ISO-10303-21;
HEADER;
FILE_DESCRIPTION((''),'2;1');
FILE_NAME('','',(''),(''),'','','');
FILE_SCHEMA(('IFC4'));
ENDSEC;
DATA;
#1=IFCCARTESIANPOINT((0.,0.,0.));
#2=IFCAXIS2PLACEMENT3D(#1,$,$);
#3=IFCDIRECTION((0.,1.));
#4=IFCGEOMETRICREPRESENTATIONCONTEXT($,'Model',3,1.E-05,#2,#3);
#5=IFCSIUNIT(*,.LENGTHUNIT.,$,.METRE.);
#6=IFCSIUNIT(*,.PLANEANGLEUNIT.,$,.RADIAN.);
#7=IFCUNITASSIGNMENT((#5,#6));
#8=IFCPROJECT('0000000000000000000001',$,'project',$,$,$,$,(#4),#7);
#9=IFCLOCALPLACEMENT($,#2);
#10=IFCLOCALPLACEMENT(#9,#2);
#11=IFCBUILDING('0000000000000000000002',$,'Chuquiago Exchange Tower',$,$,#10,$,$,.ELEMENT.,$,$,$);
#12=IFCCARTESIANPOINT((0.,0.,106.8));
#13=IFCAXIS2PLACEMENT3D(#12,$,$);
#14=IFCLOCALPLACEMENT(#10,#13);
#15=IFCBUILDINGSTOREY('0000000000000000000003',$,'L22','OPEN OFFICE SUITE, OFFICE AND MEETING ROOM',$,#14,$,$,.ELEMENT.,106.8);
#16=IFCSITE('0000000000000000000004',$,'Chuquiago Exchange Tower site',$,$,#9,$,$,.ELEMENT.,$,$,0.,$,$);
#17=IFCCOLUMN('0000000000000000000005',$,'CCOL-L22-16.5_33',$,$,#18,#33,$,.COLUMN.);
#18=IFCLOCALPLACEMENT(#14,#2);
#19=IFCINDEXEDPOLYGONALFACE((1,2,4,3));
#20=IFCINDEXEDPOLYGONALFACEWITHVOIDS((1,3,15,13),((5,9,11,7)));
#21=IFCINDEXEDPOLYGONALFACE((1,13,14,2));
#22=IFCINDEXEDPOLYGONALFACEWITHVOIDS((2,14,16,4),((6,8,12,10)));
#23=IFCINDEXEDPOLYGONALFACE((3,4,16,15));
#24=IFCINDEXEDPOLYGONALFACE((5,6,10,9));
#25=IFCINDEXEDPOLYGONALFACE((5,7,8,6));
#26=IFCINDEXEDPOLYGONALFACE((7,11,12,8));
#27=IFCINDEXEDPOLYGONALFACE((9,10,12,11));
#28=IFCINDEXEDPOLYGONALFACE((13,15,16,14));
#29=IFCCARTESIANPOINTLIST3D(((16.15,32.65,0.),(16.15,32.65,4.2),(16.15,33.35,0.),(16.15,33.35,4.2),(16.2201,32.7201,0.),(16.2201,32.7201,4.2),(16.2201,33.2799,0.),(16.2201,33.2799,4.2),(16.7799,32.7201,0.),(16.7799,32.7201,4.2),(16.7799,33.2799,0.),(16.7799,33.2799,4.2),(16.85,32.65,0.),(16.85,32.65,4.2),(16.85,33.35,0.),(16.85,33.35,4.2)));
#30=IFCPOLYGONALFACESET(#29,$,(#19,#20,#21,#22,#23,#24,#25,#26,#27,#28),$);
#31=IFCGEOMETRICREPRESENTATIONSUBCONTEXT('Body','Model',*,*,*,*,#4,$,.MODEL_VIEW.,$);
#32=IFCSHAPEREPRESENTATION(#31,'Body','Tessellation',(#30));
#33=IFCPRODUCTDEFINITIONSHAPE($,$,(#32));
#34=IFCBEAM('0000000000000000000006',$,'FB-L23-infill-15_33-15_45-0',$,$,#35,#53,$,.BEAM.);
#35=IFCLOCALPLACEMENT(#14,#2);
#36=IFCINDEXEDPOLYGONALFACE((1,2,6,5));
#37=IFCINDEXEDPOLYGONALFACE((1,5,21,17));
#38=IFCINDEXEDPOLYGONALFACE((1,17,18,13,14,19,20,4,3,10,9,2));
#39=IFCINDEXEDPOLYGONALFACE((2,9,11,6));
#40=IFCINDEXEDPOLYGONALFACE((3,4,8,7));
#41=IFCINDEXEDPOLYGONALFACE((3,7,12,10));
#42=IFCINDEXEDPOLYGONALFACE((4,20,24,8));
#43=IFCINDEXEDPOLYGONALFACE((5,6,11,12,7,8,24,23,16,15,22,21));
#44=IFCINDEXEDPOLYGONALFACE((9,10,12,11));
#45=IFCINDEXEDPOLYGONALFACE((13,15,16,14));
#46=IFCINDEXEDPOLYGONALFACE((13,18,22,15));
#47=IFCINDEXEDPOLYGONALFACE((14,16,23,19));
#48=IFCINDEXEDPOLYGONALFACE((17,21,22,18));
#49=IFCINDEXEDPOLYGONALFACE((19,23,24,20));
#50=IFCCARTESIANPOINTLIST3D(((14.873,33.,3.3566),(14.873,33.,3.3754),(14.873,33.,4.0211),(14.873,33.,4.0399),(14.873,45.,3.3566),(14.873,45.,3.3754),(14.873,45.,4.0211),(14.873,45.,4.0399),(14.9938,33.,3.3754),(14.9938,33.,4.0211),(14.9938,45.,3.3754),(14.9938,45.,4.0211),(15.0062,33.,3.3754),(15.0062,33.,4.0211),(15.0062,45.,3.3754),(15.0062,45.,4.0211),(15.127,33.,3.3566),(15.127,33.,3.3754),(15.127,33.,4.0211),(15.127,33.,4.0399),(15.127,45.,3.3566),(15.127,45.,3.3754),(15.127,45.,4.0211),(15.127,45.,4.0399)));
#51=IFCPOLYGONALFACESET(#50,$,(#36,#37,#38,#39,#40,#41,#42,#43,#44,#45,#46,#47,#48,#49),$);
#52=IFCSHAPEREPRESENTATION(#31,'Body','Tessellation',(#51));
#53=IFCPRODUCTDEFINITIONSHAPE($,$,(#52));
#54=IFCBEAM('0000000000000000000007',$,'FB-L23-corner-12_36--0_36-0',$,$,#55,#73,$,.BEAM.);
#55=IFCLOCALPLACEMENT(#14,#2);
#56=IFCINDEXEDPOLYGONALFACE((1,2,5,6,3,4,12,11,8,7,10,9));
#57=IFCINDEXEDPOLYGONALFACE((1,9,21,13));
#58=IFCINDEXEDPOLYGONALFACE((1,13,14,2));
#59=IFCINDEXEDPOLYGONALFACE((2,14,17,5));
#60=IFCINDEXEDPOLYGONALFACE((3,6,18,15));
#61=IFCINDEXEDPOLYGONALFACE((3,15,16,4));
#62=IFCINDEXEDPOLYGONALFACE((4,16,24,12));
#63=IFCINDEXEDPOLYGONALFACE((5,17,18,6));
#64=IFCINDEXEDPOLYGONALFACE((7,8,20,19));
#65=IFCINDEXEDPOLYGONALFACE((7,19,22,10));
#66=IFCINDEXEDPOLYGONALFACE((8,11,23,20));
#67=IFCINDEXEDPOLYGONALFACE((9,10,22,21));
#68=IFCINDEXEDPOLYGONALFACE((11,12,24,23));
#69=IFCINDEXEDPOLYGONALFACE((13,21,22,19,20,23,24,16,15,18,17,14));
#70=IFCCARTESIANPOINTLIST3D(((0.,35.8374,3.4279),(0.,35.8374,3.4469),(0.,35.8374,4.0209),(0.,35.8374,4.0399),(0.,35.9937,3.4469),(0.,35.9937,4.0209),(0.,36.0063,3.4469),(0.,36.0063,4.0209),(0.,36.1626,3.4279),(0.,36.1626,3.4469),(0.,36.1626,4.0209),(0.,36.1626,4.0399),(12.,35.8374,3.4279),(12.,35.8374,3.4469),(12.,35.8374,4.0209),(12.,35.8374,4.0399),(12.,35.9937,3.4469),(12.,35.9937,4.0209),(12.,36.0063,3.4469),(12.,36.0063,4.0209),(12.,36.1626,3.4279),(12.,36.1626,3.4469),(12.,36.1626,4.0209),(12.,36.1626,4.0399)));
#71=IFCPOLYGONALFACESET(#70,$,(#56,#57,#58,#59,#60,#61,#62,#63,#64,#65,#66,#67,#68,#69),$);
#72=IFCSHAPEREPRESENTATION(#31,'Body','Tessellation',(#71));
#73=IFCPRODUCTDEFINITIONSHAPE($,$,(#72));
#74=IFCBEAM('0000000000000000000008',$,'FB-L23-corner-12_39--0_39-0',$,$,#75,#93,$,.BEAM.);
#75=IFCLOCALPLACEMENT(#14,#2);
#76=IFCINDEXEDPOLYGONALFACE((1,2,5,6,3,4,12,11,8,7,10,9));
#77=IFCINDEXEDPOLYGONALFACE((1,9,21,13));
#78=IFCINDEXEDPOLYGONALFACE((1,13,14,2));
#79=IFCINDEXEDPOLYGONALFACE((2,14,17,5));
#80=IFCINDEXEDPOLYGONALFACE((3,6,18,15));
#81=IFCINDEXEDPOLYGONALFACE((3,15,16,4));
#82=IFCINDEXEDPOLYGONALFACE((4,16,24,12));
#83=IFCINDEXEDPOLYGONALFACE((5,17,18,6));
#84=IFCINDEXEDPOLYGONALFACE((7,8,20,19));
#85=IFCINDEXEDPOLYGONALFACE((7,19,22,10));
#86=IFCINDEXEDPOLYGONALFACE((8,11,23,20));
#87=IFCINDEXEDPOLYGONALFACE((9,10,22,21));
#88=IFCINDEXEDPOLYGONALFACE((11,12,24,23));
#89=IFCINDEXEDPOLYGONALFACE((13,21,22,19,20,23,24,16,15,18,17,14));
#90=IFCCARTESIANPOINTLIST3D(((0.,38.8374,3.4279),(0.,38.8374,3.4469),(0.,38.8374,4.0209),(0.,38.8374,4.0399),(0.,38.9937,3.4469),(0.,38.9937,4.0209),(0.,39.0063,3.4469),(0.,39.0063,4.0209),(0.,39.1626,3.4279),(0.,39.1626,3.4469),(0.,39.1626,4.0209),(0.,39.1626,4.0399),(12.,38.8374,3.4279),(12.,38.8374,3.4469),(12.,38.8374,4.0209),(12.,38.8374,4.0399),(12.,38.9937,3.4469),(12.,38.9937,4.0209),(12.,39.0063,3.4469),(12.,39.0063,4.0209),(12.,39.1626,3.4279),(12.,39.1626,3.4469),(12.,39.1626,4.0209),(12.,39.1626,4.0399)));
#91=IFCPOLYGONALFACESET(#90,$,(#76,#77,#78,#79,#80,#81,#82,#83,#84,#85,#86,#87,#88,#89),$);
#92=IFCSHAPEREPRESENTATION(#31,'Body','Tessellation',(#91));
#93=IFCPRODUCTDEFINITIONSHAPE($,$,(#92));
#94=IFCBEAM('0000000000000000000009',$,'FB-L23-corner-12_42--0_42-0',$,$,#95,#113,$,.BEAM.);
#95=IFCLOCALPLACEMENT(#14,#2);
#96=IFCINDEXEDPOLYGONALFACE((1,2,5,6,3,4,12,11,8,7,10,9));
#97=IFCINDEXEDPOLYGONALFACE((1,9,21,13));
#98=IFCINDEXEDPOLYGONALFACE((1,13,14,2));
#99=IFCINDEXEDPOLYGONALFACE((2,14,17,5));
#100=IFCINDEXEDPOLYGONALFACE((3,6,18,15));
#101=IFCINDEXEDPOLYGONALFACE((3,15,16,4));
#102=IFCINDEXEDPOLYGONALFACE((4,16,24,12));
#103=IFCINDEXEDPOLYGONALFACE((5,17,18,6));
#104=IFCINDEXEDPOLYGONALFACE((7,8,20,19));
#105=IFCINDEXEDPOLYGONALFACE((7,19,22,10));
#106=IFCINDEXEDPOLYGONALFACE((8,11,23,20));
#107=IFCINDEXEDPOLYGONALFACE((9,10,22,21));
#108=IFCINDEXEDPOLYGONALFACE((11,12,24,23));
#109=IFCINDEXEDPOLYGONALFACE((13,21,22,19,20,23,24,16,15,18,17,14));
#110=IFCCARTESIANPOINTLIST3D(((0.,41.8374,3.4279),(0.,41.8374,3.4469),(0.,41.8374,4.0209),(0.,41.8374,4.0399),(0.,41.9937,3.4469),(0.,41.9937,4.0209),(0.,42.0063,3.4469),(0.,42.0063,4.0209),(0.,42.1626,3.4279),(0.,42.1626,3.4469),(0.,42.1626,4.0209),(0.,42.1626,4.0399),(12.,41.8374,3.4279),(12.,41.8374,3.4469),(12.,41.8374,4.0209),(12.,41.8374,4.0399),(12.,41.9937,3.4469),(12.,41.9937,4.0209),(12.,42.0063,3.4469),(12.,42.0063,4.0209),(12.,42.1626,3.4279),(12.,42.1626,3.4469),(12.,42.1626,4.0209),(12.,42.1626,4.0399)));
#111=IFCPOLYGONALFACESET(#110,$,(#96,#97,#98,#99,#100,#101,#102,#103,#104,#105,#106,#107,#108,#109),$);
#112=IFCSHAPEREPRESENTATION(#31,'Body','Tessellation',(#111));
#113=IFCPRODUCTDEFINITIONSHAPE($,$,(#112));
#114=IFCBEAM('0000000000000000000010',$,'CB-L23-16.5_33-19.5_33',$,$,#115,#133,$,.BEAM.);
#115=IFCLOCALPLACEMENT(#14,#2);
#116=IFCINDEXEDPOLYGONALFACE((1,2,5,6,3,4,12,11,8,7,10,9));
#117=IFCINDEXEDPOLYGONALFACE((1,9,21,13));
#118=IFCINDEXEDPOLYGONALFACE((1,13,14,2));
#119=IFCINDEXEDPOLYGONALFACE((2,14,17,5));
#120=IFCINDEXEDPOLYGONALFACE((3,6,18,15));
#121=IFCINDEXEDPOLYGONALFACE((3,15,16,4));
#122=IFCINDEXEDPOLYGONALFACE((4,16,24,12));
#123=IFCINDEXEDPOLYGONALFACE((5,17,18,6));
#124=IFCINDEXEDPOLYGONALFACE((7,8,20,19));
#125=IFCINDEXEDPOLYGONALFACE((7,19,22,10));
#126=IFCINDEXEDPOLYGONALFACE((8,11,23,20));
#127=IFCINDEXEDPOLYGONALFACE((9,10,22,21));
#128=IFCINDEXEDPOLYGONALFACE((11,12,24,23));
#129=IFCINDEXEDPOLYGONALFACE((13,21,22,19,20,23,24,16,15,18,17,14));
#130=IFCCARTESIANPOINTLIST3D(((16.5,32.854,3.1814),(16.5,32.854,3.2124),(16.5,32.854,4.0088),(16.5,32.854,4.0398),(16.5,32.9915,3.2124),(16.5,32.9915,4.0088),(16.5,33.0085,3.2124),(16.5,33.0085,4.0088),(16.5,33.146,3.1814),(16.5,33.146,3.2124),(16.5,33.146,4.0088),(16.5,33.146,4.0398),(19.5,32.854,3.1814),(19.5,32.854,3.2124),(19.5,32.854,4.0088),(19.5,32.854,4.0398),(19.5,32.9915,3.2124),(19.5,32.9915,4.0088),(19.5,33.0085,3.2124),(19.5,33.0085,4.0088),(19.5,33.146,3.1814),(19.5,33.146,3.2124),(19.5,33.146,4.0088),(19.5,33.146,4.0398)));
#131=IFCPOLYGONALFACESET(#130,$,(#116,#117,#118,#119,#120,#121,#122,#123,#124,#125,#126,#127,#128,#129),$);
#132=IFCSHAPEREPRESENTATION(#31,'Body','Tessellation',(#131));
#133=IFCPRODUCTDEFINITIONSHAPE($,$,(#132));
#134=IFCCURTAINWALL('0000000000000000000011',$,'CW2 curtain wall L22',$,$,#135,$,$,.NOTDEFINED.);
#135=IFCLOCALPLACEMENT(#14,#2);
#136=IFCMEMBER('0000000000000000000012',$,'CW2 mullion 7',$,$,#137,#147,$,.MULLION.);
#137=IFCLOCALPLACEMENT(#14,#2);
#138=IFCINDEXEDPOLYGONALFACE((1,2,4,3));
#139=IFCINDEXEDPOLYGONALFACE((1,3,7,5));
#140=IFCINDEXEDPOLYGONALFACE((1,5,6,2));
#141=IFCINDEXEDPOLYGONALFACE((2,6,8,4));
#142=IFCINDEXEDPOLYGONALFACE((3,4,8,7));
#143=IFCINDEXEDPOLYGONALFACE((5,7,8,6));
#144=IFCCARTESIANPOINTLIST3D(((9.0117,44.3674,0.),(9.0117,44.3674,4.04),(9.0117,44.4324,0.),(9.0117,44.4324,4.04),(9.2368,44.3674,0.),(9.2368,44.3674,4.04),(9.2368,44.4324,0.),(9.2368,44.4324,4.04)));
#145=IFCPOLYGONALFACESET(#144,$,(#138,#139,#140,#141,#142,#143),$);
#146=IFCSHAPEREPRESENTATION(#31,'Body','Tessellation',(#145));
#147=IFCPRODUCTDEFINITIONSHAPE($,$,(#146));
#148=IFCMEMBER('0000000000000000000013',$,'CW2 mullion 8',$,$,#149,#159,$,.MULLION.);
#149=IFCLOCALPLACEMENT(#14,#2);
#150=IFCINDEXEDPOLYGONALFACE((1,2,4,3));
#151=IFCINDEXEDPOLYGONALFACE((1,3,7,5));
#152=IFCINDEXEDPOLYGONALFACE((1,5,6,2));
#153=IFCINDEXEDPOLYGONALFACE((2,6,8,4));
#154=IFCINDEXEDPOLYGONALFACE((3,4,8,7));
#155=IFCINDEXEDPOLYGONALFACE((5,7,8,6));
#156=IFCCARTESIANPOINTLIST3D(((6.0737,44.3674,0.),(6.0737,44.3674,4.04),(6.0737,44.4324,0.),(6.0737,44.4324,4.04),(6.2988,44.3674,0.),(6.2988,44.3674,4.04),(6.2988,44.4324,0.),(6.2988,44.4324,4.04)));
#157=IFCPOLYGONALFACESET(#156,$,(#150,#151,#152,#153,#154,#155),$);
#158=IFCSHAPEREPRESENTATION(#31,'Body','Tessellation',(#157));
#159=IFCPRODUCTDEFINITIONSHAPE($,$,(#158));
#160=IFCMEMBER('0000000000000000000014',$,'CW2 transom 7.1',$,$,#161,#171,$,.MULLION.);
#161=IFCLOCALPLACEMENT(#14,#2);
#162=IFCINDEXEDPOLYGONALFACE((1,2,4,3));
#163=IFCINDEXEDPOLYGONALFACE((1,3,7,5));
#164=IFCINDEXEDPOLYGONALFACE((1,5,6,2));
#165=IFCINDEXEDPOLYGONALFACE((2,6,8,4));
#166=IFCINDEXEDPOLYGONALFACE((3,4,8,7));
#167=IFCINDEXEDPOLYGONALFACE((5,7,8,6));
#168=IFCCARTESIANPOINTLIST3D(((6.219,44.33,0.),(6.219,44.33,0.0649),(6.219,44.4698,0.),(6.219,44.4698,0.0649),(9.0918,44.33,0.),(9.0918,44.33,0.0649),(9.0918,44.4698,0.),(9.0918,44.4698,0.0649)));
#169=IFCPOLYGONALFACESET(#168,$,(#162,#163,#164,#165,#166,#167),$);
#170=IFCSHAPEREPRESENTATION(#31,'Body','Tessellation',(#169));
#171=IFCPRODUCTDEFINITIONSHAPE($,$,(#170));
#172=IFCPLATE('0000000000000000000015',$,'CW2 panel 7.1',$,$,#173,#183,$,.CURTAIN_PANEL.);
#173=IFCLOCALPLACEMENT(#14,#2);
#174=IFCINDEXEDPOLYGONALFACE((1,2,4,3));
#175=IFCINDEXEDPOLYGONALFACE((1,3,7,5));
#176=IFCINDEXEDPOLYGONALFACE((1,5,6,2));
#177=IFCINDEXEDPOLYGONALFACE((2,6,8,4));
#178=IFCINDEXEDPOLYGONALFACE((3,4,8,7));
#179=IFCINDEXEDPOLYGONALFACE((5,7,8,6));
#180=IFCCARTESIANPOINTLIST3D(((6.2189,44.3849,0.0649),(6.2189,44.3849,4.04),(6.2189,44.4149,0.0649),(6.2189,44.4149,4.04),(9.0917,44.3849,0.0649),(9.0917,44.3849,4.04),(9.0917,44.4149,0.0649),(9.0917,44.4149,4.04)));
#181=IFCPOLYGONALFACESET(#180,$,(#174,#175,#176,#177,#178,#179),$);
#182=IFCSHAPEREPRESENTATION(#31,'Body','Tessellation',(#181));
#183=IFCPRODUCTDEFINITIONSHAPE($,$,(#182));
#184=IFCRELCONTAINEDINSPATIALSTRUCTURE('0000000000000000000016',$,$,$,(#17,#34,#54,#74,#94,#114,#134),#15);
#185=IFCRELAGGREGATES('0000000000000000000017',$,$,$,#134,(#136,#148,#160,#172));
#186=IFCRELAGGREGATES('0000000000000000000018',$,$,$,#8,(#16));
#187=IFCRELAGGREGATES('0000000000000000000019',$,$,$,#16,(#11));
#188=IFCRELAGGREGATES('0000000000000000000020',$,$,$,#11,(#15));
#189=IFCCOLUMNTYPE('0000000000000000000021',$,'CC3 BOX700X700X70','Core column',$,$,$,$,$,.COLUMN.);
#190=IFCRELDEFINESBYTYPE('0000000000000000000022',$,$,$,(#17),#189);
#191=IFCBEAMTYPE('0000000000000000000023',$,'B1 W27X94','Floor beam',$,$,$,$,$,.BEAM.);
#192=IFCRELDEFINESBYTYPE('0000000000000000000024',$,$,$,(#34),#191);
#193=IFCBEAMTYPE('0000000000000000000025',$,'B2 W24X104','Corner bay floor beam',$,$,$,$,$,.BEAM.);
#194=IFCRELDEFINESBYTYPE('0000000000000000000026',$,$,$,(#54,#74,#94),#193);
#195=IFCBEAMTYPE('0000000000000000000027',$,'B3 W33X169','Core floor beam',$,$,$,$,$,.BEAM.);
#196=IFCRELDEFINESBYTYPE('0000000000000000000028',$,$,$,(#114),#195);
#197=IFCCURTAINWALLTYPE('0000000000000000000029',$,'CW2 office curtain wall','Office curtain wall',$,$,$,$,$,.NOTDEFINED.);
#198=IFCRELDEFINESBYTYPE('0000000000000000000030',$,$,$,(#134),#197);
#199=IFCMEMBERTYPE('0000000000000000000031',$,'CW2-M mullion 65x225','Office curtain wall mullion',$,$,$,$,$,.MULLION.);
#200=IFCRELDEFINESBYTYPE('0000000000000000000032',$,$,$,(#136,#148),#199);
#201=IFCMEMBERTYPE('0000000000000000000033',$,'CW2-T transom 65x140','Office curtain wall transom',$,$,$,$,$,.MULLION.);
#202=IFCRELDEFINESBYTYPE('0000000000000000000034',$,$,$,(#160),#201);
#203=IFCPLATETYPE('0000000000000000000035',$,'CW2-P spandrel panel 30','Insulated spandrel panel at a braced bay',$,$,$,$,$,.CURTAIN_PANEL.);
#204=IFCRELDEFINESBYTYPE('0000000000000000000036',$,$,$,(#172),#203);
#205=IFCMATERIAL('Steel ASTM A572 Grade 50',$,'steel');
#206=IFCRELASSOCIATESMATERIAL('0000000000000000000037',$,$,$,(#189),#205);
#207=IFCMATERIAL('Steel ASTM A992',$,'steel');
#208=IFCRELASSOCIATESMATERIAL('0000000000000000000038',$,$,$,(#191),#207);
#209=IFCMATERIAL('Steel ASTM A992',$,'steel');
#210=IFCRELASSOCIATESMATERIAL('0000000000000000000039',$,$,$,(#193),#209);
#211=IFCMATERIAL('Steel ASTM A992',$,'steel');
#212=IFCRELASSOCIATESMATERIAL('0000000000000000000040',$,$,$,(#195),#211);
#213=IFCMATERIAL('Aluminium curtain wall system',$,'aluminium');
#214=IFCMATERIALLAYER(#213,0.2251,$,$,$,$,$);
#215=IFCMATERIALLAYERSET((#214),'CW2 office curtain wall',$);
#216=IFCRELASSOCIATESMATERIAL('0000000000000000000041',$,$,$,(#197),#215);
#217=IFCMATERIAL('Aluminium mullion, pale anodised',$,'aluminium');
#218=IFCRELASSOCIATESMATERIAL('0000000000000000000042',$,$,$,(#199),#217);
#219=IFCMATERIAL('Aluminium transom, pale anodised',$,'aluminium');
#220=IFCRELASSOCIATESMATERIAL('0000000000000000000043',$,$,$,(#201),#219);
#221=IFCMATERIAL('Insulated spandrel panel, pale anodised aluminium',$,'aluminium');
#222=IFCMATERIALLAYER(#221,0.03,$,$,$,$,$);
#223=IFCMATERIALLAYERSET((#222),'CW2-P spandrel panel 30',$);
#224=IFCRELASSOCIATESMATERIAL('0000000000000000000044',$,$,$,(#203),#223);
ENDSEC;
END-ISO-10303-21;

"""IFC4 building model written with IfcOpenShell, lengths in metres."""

from ifc_helpers import new_model, si_unit, direction, frame, origin, origin_2d, place, context, subcontext, project, spatial, rectangle, hollow_rectangle, i_section, extrude, material, layer, layer_set, material_profile, profile_set, type_object, element, aggregate, save


model = new_model("IFC4")

# Units and contexts
model_context = context("Model", 3, precision=1e-05, world=origin(), true_north=direction((0.0, 1.0)))
body_context = subcontext(model_context, "Body", "Model", "MODEL_VIEW")
ifc_project = project(units=[si_unit("LENGTHUNIT", "METRE"), si_unit("PLANEANGLEUNIT", "RADIAN")], contexts=[model_context])

# Site, building, storey
site_placement = place(None, origin())
site = spatial("IfcSite", under=ifc_project, at=site_placement, Name="Chuquiago Exchange Tower site", CompositionType="ELEMENT", RefElevation=0.0)
building_placement = place(site_placement, origin())
building = spatial("IfcBuilding", under=site, at=building_placement, Name="Chuquiago Exchange Tower", CompositionType="ELEMENT")
storey_placement = place(building_placement, frame((0.0, 0.0, 106.8)))
storey = spatial("IfcBuildingStorey", under=building, at=storey_placement, Name="L22", Description="OPEN OFFICE SUITE, OFFICE AND MEETING ROOM", CompositionType="ELEMENT", Elevation=106.8)

# Column
ifc_material_1 = material(Name="Steel ASTM A572 Grade 50", Category="steel")
ifc_material_profile_1 = material_profile(ifc_material_1, hollow_rectangle(XDim=0.7, YDim=0.7, WallThickness=0.0701, at=origin_2d()), Name="BOX700X700X70")
ifc_profile_set_1 = profile_set([ifc_material_profile_1], Name="Steel ASTM A572 Grade 50")
column_type = type_object("IfcColumnType", Name="CC3 BOX700X700X70", Description="Core column", PredefinedType="COLUMN", material=ifc_profile_set_1)
column_placement = place(storey_placement, frame((16.5, 33.0, 0.0), z_axis=(0.0, 0.0, 1.0), x_axis=(1.0, 0.0, 0.0)))
element("IfcColumn", 1, at=column_placement, inside=storey, type_object=column_type, Name="CCOL-L22-16.5_33", PredefinedType="COLUMN", context=body_context, shape_type="SweptSolid", body=[
    extrude(hollow_rectangle(XDim=0.7, YDim=0.7, WallThickness=0.0701, at=origin_2d()), origin(), (0.0, 0.0, 1.0), 4.2),
])

# Beams
ifc_material_2 = material(Name="Steel ASTM A992", Category="steel")
ifc_material_profile_2 = material_profile(ifc_material_2, i_section(OverallWidth=0.2539, OverallDepth=0.6833, WebThickness=0.0125, FlangeThickness=0.0188, at=origin_2d()), Name="W27X94")
ifc_profile_set_2 = profile_set([ifc_material_profile_2], Name="Steel ASTM A992")
beam_type_1 = type_object("IfcBeamType", Name="B1 W27X94", Description="Floor beam", PredefinedType="BEAM", material=ifc_profile_set_2)
beam_1_placement = place(storey_placement, frame((15.0, 33.0, 3.6982), z_axis=(0.0, 1.0, 0.0), x_axis=(-1.0, 0.0, 0.0)))
element("IfcBeam", 2, at=beam_1_placement, inside=storey, type_object=beam_type_1, Name="FB-L23-infill-15_33-15_45-0", PredefinedType="BEAM", context=body_context, shape_type="SweptSolid", body=[
    extrude(i_section(OverallWidth=0.2539, OverallDepth=0.6833, WebThickness=0.0125, FlangeThickness=0.0188, at=origin_2d()), origin(), (0.0, 0.0, 1.0), 12.0),
])
ifc_material_3 = material(Name="Steel ASTM A992", Category="steel")
ifc_material_profile_3 = material_profile(ifc_material_3, i_section(OverallWidth=0.3252, OverallDepth=0.6121, WebThickness=0.0127, FlangeThickness=0.019, at=origin_2d()), Name="W24X104")
ifc_profile_set_3 = profile_set([ifc_material_profile_3], Name="Steel ASTM A992")
beam_type_2 = type_object("IfcBeamType", Name="B2 W24X104", Description="Corner bay floor beam", PredefinedType="BEAM", material=ifc_profile_set_3)
for number, where, z_axis, x_axis, name in (
    (3, (12.0, 36.0, 3.7339), (-1.0, 0.0, 0.0), (0.0, -1.0, 0.0), "FB-L23-corner-12_36--0_36-0"),
    (4, (12.0, 39.0, 3.7339), (-1.0, 0.0, 0.0), (0.0, -1.0, 0.0), "FB-L23-corner-12_39--0_39-0"),
    (5, (12.0, 42.0, 3.7339), (-1.0, 0.0, 0.0), (0.0, -1.0, 0.0), "FB-L23-corner-12_42--0_42-0"),
):
    element("IfcBeam", number, at=place(storey_placement, frame(where, z_axis=z_axis, x_axis=x_axis)), inside=storey, type_object=beam_type_2, Name=name, PredefinedType="BEAM", context=body_context, shape_type="SweptSolid", body=[
        extrude(i_section(OverallWidth=0.3252, OverallDepth=0.6121, WebThickness=0.0127, FlangeThickness=0.019, at=origin_2d()), origin(), (0.0, 0.0, 1.0), 12.0),
    ])
ifc_material_4 = material(Name="Steel ASTM A992", Category="steel")
ifc_material_profile_4 = material_profile(ifc_material_4, i_section(OverallWidth=0.292, OverallDepth=0.8584, WebThickness=0.0171, FlangeThickness=0.031, at=origin_2d()), Name="W33X169")
ifc_profile_set_4 = profile_set([ifc_material_profile_4], Name="Steel ASTM A992")
beam_type_3 = type_object("IfcBeamType", Name="B3 W33X169", Description="Core floor beam", PredefinedType="BEAM", material=ifc_profile_set_4)
beam_2_placement = place(storey_placement, frame((16.5, 33.0, 3.6106), z_axis=(1.0, 0.0, 0.0), x_axis=(0.0, 1.0, 0.0)))
element("IfcBeam", 6, at=beam_2_placement, inside=storey, type_object=beam_type_3, Name="CB-L23-16.5_33-19.5_33", PredefinedType="BEAM", context=body_context, shape_type="SweptSolid", body=[
    extrude(i_section(OverallWidth=0.292, OverallDepth=0.8584, WebThickness=0.0171, FlangeThickness=0.031, at=origin_2d()), origin(), (0.0, 0.0, 1.0), 3.0),
])

# Curtain wall, members, plate
ifc_material_5 = material(Name="Aluminium curtain wall system", Category="aluminium")
ifc_layer_1 = layer(ifc_material_5, 0.2251)
ifc_layer_set_1 = layer_set([ifc_layer_1], Name="CW2 office curtain wall")
curtain_wall_type = type_object("IfcCurtainWallType", Name="CW2 office curtain wall", Description="Office curtain wall", PredefinedType="NOTDEFINED", material=ifc_layer_set_1)
curtain_wall_placement = place(storey_placement, origin())
curtain_wall = element("IfcCurtainWall", 7, at=curtain_wall_placement, inside=storey, type_object=curtain_wall_type, Name="CW2 curtain wall L22", PredefinedType="NOTDEFINED")
ifc_material_6 = material(Name="Aluminium mullion, pale anodised", Category="aluminium")
ifc_material_profile_5 = material_profile(ifc_material_6, rectangle(XDim=0.0649, YDim=0.2251, at=origin_2d()), Name="AL 65x225")
ifc_profile_set_5 = profile_set([ifc_material_profile_5], Name="Aluminium mullion, pale anodised")
member_type_1 = type_object("IfcMemberType", Name="CW2-M mullion 65x225", Description="Office curtain wall mullion", PredefinedType="MULLION", material=ifc_profile_set_5)
member_1_placement = place(storey_placement, frame((9.1243, 44.3999, 0.0), z_axis=(0.0, 0.0, 1.0), x_axis=(0.0, -1.0, 0.0)))
member_1 = element("IfcMember", 8, at=member_1_placement, type_object=member_type_1, Name="CW2 mullion 7", PredefinedType="MULLION", context=body_context, shape_type="SweptSolid", body=[
    extrude(rectangle(XDim=0.0649, YDim=0.2251, at=origin_2d()), origin(), (0.0, 0.0, 1.0), 4.04),
])
member_2_placement = place(storey_placement, frame((6.1863, 44.3999, 0.0), z_axis=(0.0, 0.0, 1.0), x_axis=(0.0, -1.0, 0.0)))
member_2 = element("IfcMember", 9, at=member_2_placement, type_object=member_type_1, Name="CW2 mullion 8", PredefinedType="MULLION", context=body_context, shape_type="SweptSolid", body=[
    extrude(rectangle(XDim=0.0649, YDim=0.2251, at=origin_2d()), origin(), (0.0, 0.0, 1.0), 4.04),
])
ifc_material_7 = material(Name="Aluminium transom, pale anodised", Category="aluminium")
ifc_material_profile_6 = material_profile(ifc_material_7, rectangle(XDim=0.1399, YDim=0.0649, at=origin_2d()), Name="AL 140x65")
ifc_profile_set_6 = profile_set([ifc_material_profile_6], Name="Aluminium transom, pale anodised")
member_type_2 = type_object("IfcMemberType", Name="CW2-T transom 65x140", Description="Office curtain wall transom", PredefinedType="MULLION", material=ifc_profile_set_6)
member_3_placement = place(storey_placement, frame((9.0918, 44.3999, 0.0325), z_axis=(-1.0, 0.0, 0.0), x_axis=(0.0, -1.0, 0.0)))
member_3 = element("IfcMember", 10, at=member_3_placement, type_object=member_type_2, Name="CW2 transom 7.1", PredefinedType="MULLION", context=body_context, shape_type="SweptSolid", body=[
    extrude(rectangle(XDim=0.1399, YDim=0.0649, at=origin_2d()), origin(), (0.0, 0.0, 1.0), 2.8728),
])
ifc_material_8 = material(Name="Insulated spandrel panel, pale anodised aluminium", Category="aluminium")
ifc_layer_2 = layer(ifc_material_8, 0.03)
ifc_layer_set_2 = layer_set([ifc_layer_2], Name="CW2-P spandrel panel 30")
plate_type = type_object("IfcPlateType", Name="CW2-P spandrel panel 30", Description="Insulated spandrel panel at a braced bay", PredefinedType="CURTAIN_PANEL", material=ifc_layer_set_2)
plate_placement = place(storey_placement, frame((7.6553, 44.3999, 0.0649), z_axis=(0.0, 0.0, 1.0), x_axis=(-1.0, 0.0, 0.0)))
plate = element("IfcPlate", 11, at=plate_placement, type_object=plate_type, Name="CW2 panel 7.1", PredefinedType="CURTAIN_PANEL", context=body_context, shape_type="SweptSolid", body=[
    extrude(rectangle(XDim=2.8728, YDim=0.03, at=origin_2d()), origin(), (0.0, 0.0, 1.0), 3.9751),
])
aggregate(curtain_wall, [member_1, member_2, member_3, plate])

save(model, "model.ifc")
